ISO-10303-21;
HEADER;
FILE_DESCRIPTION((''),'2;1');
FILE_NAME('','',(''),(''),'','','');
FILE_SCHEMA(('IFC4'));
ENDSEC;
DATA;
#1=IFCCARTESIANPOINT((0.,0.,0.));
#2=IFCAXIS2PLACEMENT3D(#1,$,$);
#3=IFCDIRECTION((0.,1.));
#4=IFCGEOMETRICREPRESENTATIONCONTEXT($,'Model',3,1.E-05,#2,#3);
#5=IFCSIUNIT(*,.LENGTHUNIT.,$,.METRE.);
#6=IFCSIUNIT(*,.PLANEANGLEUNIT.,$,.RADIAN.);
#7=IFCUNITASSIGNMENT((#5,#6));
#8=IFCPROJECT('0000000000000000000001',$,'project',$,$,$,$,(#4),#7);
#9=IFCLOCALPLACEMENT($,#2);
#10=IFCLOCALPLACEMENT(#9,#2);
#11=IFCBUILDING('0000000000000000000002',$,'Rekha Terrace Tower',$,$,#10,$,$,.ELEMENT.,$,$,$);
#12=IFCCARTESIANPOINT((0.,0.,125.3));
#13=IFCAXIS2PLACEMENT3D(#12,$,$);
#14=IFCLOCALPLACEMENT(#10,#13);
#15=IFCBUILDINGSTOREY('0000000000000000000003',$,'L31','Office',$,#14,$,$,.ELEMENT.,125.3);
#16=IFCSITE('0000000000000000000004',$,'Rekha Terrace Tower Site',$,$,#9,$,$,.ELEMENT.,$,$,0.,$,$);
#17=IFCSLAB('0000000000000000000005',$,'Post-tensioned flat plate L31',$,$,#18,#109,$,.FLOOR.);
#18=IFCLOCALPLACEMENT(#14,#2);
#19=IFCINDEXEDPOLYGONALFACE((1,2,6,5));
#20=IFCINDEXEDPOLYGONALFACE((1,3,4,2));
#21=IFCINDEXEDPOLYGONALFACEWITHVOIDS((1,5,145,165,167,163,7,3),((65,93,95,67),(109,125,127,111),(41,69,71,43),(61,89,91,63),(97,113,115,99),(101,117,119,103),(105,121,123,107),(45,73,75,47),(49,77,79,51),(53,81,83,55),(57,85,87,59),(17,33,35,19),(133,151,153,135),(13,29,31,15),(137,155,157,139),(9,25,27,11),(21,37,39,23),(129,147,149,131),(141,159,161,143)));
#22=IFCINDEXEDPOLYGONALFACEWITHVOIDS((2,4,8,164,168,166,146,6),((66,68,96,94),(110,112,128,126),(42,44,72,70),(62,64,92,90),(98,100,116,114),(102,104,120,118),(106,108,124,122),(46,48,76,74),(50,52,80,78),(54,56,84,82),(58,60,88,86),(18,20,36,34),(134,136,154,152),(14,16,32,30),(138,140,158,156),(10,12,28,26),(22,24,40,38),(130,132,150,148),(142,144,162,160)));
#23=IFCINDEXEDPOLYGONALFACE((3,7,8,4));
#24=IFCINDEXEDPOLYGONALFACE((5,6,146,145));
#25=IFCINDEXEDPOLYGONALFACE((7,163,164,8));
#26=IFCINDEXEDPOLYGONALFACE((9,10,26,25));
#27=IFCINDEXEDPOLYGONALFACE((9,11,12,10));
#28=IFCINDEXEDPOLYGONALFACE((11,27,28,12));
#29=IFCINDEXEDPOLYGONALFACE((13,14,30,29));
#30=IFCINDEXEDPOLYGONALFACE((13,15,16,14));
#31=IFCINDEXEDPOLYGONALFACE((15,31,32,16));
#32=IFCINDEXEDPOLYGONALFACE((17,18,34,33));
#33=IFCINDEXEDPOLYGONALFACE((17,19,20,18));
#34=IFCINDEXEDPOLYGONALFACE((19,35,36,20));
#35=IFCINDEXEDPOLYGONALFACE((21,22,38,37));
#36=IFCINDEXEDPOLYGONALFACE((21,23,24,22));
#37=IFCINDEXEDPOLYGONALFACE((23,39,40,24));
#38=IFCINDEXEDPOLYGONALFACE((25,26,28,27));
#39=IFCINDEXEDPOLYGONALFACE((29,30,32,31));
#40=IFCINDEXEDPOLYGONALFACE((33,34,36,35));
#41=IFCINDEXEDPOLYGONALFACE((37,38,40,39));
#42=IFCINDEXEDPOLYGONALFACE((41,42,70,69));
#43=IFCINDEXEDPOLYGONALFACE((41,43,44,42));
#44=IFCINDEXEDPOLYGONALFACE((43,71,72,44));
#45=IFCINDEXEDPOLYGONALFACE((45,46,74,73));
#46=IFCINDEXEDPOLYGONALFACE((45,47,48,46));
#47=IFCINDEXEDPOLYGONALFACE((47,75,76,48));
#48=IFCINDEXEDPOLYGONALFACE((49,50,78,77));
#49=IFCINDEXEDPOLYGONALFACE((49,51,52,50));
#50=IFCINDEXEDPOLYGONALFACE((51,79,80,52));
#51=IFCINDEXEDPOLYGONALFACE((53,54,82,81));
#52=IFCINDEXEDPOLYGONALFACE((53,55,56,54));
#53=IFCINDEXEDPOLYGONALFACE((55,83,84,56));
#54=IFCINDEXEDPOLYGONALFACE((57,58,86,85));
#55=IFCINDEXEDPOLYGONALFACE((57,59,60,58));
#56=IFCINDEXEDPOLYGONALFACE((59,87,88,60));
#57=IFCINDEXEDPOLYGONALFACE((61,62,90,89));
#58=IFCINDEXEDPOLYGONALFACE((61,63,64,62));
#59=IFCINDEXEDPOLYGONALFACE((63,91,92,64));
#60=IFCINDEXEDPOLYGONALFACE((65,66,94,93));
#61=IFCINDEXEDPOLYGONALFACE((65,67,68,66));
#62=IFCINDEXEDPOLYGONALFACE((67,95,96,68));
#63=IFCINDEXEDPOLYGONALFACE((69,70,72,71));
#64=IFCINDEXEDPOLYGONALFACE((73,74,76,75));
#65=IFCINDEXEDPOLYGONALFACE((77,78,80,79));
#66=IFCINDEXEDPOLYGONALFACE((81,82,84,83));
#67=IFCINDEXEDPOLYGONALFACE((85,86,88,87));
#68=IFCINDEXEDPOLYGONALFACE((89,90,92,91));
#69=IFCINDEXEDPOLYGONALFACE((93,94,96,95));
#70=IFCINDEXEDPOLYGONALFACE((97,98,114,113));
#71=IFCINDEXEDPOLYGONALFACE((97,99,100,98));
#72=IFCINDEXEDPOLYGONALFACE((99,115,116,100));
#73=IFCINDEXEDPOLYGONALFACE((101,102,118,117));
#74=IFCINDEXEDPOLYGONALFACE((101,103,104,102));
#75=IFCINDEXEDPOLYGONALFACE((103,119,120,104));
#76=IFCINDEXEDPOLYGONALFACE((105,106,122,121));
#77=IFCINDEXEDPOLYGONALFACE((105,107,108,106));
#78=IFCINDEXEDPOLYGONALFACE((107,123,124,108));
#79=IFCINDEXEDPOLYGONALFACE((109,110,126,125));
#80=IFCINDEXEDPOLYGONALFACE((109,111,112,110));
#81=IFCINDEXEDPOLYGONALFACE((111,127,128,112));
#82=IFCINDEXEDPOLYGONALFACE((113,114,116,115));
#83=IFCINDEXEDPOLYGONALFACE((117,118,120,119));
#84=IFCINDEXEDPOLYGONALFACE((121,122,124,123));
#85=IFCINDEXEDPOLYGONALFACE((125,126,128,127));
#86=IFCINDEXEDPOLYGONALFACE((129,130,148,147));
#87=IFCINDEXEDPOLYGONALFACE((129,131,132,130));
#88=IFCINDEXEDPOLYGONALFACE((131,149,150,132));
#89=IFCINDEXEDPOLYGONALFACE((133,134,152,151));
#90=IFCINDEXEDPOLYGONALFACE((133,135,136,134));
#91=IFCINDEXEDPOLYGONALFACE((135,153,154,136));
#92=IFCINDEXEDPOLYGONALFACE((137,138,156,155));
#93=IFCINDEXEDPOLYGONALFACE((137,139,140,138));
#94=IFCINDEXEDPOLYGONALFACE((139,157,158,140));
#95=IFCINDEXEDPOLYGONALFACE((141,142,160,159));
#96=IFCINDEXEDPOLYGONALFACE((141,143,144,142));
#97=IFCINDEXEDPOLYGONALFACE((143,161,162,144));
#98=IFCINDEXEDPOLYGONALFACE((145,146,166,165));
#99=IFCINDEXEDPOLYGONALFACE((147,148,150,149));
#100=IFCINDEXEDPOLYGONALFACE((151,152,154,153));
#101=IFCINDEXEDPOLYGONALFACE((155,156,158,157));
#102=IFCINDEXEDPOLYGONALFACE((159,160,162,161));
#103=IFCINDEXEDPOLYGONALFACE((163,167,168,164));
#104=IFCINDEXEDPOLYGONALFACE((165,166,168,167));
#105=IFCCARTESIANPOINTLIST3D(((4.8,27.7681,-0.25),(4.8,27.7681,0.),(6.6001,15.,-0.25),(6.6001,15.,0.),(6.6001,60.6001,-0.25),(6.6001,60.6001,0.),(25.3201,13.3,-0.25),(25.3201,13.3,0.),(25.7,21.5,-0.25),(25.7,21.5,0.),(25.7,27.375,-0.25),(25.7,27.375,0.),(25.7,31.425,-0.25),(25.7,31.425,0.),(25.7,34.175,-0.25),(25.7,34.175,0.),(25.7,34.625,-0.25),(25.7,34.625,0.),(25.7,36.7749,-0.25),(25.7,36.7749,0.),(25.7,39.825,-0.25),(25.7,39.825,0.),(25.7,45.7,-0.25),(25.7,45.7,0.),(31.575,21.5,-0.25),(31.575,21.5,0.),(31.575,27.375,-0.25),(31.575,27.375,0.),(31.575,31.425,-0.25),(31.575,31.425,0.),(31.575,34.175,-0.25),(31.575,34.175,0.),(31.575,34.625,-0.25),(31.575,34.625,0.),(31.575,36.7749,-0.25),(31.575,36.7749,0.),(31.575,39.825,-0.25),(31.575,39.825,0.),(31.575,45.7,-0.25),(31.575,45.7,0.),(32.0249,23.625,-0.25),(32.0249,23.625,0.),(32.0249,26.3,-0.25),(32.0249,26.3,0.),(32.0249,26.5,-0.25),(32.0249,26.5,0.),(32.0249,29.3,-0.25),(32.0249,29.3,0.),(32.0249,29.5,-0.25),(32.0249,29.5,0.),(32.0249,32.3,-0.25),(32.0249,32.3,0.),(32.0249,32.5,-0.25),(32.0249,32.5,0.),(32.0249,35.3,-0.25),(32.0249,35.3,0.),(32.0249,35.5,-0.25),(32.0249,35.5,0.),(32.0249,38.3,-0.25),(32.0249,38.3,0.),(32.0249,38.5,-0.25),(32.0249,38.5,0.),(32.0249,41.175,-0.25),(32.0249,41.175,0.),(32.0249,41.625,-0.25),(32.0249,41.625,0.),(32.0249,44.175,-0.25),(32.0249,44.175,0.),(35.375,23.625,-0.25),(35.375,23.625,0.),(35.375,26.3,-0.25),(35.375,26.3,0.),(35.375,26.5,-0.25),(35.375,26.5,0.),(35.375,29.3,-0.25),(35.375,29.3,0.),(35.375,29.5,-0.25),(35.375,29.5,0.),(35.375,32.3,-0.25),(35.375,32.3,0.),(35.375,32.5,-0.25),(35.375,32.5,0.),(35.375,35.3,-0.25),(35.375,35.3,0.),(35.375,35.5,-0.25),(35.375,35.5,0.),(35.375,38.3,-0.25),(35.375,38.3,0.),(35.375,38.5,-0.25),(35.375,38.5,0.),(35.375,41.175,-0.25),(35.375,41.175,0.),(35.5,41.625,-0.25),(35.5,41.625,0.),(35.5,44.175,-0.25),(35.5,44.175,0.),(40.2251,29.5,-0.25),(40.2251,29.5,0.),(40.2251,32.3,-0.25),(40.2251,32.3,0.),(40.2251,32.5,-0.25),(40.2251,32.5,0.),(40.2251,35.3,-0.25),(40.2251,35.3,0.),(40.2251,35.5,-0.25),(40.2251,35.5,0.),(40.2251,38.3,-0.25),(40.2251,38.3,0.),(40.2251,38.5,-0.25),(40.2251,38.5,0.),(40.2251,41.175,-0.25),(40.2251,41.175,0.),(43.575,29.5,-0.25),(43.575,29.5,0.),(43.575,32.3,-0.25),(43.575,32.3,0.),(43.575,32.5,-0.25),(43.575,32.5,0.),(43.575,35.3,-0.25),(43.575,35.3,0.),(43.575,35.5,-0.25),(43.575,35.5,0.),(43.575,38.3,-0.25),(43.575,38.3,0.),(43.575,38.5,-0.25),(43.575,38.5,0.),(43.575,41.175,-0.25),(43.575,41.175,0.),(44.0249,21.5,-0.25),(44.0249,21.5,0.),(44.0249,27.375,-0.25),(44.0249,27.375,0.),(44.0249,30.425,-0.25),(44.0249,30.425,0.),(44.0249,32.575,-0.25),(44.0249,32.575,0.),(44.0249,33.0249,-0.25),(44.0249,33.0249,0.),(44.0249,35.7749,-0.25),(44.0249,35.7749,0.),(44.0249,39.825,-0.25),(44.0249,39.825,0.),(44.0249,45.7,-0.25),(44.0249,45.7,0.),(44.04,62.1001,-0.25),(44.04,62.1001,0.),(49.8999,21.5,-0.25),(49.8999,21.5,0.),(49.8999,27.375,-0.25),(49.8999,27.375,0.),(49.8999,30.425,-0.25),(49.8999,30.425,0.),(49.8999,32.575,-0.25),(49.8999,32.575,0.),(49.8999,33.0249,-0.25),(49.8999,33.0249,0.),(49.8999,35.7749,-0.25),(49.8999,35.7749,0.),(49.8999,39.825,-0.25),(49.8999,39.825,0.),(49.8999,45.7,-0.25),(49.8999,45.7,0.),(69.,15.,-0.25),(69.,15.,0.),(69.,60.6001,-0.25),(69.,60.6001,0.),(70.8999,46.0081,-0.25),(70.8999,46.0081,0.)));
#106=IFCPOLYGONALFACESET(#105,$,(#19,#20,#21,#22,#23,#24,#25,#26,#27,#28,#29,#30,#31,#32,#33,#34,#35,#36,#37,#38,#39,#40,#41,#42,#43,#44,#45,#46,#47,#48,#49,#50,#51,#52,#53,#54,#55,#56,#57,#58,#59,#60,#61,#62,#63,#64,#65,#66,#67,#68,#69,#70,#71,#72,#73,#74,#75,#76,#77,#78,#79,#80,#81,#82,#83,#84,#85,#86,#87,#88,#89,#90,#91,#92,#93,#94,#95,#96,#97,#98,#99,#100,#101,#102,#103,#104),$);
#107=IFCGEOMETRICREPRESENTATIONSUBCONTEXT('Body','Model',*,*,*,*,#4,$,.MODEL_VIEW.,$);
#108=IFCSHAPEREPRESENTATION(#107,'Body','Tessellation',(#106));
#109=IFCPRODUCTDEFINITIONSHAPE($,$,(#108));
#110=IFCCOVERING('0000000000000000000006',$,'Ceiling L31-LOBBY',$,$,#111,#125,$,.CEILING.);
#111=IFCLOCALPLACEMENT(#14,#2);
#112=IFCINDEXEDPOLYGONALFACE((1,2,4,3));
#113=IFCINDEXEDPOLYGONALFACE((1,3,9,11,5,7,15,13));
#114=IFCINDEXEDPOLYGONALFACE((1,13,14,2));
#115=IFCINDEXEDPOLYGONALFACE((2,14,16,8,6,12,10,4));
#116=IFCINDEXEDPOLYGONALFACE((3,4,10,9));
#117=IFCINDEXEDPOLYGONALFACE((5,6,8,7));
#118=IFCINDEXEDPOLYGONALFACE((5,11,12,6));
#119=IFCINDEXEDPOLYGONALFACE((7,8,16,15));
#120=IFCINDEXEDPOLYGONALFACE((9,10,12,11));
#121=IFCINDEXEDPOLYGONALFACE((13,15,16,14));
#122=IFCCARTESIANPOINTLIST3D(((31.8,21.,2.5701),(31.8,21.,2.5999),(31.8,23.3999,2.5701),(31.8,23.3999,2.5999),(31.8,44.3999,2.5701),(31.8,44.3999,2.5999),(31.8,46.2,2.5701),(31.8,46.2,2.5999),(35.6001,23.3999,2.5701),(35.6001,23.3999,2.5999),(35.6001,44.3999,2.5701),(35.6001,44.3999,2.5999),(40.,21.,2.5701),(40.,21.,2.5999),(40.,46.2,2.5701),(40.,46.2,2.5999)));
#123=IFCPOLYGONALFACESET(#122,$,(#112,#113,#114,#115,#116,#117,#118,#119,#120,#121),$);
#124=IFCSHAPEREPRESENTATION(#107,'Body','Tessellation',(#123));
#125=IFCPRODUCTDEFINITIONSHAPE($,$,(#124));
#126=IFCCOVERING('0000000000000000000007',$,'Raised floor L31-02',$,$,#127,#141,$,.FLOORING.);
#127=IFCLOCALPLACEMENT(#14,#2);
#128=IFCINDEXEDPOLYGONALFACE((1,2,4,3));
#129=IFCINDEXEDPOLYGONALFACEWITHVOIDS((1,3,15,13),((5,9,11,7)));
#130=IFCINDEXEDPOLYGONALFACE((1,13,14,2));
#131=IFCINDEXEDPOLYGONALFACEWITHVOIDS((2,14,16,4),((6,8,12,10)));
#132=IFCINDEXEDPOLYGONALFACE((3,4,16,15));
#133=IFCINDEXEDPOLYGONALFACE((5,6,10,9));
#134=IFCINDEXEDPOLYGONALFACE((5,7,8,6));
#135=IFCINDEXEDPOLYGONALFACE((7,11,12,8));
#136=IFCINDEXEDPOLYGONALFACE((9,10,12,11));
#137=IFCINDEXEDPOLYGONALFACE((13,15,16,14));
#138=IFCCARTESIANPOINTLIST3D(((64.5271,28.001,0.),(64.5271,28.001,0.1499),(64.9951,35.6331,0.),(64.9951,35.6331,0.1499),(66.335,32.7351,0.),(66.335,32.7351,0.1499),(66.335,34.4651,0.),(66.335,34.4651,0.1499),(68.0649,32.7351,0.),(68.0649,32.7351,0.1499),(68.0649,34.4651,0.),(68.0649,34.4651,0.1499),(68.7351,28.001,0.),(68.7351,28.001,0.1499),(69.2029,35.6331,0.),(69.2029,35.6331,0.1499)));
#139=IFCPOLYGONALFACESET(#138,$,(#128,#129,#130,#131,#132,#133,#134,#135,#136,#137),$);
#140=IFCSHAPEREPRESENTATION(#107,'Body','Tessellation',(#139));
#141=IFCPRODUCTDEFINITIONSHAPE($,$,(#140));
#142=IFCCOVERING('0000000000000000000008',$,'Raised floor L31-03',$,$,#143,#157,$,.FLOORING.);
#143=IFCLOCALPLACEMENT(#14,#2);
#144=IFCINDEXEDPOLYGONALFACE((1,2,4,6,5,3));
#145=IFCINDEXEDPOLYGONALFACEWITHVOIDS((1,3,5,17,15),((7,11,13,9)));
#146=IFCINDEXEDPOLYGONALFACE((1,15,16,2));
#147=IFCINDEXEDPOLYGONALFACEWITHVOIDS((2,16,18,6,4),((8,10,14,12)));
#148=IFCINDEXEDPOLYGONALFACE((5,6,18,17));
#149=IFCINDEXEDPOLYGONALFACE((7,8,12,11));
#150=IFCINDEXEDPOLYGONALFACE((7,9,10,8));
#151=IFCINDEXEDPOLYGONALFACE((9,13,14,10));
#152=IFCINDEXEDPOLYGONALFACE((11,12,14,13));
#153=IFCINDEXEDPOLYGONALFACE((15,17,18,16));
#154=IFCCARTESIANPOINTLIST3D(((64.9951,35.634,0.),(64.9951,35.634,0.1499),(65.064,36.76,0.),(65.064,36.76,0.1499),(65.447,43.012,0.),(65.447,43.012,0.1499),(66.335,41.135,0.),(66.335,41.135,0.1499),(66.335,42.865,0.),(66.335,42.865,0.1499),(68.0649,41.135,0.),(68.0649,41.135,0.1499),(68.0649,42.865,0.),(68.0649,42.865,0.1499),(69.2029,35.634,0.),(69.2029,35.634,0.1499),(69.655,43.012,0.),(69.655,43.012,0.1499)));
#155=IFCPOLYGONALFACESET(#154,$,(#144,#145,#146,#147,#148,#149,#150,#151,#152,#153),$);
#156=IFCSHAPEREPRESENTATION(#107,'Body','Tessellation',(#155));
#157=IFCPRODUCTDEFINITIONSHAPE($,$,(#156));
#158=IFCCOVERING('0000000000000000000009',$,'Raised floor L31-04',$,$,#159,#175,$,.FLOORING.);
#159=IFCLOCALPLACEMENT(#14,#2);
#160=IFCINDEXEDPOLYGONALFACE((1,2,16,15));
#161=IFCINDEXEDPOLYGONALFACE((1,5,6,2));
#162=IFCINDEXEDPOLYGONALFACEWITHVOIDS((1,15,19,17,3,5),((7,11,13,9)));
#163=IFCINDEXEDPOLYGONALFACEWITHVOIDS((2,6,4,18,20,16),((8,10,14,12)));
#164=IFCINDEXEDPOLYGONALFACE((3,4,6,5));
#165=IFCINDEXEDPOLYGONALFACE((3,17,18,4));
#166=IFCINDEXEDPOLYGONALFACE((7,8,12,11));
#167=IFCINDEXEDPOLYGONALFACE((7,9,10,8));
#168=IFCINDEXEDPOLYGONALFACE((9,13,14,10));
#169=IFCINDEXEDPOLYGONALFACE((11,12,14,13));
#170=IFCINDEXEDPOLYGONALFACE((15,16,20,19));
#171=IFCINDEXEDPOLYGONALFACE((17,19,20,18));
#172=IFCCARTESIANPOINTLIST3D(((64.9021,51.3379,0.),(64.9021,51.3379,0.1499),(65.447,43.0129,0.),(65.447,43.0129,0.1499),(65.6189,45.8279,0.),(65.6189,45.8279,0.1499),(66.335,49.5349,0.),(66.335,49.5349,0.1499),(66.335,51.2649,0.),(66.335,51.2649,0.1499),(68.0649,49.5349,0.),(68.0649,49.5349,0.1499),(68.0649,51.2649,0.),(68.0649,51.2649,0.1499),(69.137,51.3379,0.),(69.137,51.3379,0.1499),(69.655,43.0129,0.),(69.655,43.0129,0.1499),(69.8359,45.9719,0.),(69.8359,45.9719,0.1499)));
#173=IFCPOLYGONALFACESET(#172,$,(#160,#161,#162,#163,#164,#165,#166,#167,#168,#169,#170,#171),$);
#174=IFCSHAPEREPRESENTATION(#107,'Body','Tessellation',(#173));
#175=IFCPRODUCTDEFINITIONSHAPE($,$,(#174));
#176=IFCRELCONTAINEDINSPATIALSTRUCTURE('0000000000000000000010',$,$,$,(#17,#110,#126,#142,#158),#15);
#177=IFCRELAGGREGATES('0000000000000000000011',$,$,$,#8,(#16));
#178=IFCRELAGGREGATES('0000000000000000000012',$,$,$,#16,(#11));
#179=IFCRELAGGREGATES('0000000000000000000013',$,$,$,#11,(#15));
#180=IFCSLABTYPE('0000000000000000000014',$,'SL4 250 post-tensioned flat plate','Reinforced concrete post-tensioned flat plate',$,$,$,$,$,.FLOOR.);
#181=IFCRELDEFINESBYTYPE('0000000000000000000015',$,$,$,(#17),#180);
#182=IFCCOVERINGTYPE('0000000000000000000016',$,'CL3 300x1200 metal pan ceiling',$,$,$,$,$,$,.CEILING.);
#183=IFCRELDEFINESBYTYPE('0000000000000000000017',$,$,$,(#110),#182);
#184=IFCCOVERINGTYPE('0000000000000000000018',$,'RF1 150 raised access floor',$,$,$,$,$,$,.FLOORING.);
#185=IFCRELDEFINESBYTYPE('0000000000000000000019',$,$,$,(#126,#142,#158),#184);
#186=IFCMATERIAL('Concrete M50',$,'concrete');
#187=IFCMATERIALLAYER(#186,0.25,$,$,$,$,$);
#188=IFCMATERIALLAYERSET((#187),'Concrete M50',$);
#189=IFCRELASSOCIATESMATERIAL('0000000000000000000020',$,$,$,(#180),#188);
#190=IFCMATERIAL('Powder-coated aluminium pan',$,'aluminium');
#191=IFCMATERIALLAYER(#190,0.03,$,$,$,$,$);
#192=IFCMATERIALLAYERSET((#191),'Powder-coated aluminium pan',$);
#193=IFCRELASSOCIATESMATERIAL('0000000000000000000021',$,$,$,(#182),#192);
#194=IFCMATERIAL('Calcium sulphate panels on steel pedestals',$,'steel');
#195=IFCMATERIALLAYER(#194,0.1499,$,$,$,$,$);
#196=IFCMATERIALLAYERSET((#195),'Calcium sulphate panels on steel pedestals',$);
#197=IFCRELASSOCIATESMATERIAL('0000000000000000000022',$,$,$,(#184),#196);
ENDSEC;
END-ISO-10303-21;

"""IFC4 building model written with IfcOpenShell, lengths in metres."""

from ifc_helpers import new_model, si_unit, direction, frame, origin, place, context, subcontext, project, spatial, polyline, outline, extrude, material, layer, layer_set, type_object, element, save


model = new_model("IFC4")

# Units and contexts
model_context = context("Model", 3, precision=1e-05, world=origin(), true_north=direction((0.0, 1.0)))
body_context = subcontext(model_context, "Body", "Model", "MODEL_VIEW")
ifc_project = project(units=[si_unit("LENGTHUNIT", "METRE"), si_unit("PLANEANGLEUNIT", "RADIAN")], contexts=[model_context])

# Site, building, storey
site_placement = place(None, origin())
site = spatial("IfcSite", under=ifc_project, at=site_placement, Name="Rekha Terrace Tower Site", CompositionType="ELEMENT", RefElevation=0.0)
building_placement = place(site_placement, origin())
building = spatial("IfcBuilding", under=site, at=building_placement, Name="Rekha Terrace Tower", CompositionType="ELEMENT")
storey_placement = place(building_placement, frame((0.0, 0.0, 125.3)))
storey = spatial("IfcBuildingStorey", under=building, at=storey_placement, Name="L31", Description="Office", CompositionType="ELEMENT", Elevation=125.3)

# Slab
ifc_material_1 = material(Name="Concrete M50", Category="concrete")
ifc_layer_1 = layer(ifc_material_1, 0.25)
ifc_layer_set_1 = layer_set([ifc_layer_1], Name="Concrete M50")
slab_type_1 = type_object("IfcSlabType", Name="SL4 250 post-tensioned flat plate", Description="Reinforced concrete post-tensioned flat plate", PredefinedType="FLOOR", material=ifc_layer_set_1)
slab_1_placement = place(storey_placement, frame((0.0, 0.0, -0.25)))
element("IfcSlab", 1, at=slab_1_placement, inside=storey, type_object=slab_type_1, Name="Post-tensioned flat plate L31", PredefinedType="FLOOR", context=body_context, shape_type="SweptSolid", body=[
    extrude(outline(polyline([(4.8, 27.7681), (6.6001, 15.0), (25.3201, 13.3), (69.0, 15.0), (70.8999, 46.0081), (69.0, 60.6001), (44.04, 62.1001), (6.6001, 60.6001), (4.8, 27.7681)]), holes=[polyline([(31.575, 27.375), (31.575, 21.5), (25.7, 21.5), (25.7, 27.375), (31.575, 27.375)]), polyline([(35.375, 26.3), (35.375, 23.625), (32.0249, 23.625), (32.0249, 26.3), (35.375, 26.3)]), polyline([(35.375, 29.3), (35.375, 26.5), (32.0249, 26.5), (32.0249, 29.3), (35.375, 29.3)]), polyline([(35.375, 32.3), (35.375, 29.5), (32.0249, 29.5), (32.0249, 32.3), (35.375, 32.3)]), polyline([(31.575, 34.175), (31.575, 31.425), (25.7, 31.425), (25.7, 34.175), (31.575, 34.175)]), polyline([(35.375, 35.3), (35.375, 32.5), (32.0249, 32.5), (32.0249, 35.3), (35.375, 35.3)]), polyline([(31.575, 36.7749), (31.575, 34.625), (25.7, 34.625), (25.7, 36.7749), (31.575, 36.7749)]), polyline([(35.375, 35.5), (32.0249, 35.5), (32.0249, 38.3), (35.375, 38.3), (35.375, 35.5)]), polyline([(35.375, 38.5), (32.0249, 38.5), (32.0249, 41.175), (35.375, 41.175), (35.375, 38.5)]), polyline([(31.575, 45.7), (31.575, 39.825), (25.7, 39.825), (25.7, 45.7), (31.575, 45.7)]), polyline([(49.8999, 27.375), (49.8999, 21.5), (44.0249, 21.5), (44.0249, 27.375), (49.8999, 27.375)]), polyline([(43.575, 32.3), (43.575, 29.5), (40.2251, 29.5), (40.2251, 32.3), (43.575, 32.3)]), polyline([(49.8999, 30.425), (44.0249, 30.425), (44.0249, 32.575), (49.8999, 32.575), (49.8999, 30.425)]), polyline([(43.575, 32.5), (40.2251, 32.5), (40.2251, 35.3), (43.575, 35.3), (43.575, 32.5)]), polyline([(49.8999, 35.7749), (49.8999, 33.0249), (44.0249, 33.0249), (44.0249, 35.7749), (49.8999, 35.7749)]), polyline([(43.575, 38.3), (43.575, 35.5), (40.2251, 35.5), (40.2251, 38.3), (43.575, 38.3)]), polyline([(43.575, 41.175), (43.575, 38.5), (40.2251, 38.5), (40.2251, 41.175), (43.575, 41.175)]), polyline([(49.8999, 39.825), (44.0249, 39.825), (44.0249, 45.7), (49.8999, 45.7), (49.8999, 39.825)]), polyline([(35.5, 41.625), (32.0249, 41.625), (32.0249, 44.175), (35.5, 44.175), (35.5, 41.625)])]), origin(), (0.0, 0.0, 1.0), 0.25),
])

# Coverings
ifc_material_2 = material(Name="Powder-coated aluminium pan", Category="aluminium")
ifc_layer_2 = layer(ifc_material_2, 0.03)
ifc_layer_set_2 = layer_set([ifc_layer_2], Name="Powder-coated aluminium pan")
covering_type_1 = type_object("IfcCoveringType", Name="CL3 300x1200 metal pan ceiling", PredefinedType="CEILING", material=ifc_layer_set_2)
covering_1_placement = place(storey_placement, frame((0.0, 0.0, 2.5701)))
element("IfcCovering", 2, at=covering_1_placement, inside=storey, type_object=covering_type_1, Name="Ceiling L31-LOBBY", PredefinedType="CEILING", context=body_context, shape_type="SweptSolid", body=[
    extrude(outline(polyline([(35.6001, 44.3999), (35.6001, 23.3999), (31.8, 23.3999), (31.8, 21.0), (40.0, 21.0), (40.0, 46.2), (31.8, 46.2), (31.8, 44.3999), (35.6001, 44.3999)])), origin(), (0.0, 0.0, 1.0), 0.0298),
])
ifc_material_3 = material(Name="Calcium sulphate panels on steel pedestals", Category="steel")
ifc_layer_3 = layer(ifc_material_3, 0.1499)
ifc_layer_set_3 = layer_set([ifc_layer_3], Name="Calcium sulphate panels on steel pedestals")
covering_type_2 = type_object("IfcCoveringType", Name="RF1 150 raised access floor", PredefinedType="FLOORING", material=ifc_layer_set_3)
covering_2_placement = place(storey_placement, origin())
element("IfcCovering", 3, at=covering_2_placement, inside=storey, type_object=covering_type_2, Name="Raised floor L31-02", PredefinedType="FLOORING", context=body_context, shape_type="SweptSolid", body=[
    extrude(outline(polyline([(68.7351, 28.001), (69.2029, 35.6331), (64.9951, 35.6331), (64.5271, 28.001), (68.7351, 28.001)]), holes=[polyline([(68.0649, 34.4651), (68.0649, 32.7351), (66.335, 32.7351), (66.335, 34.4651), (68.0649, 34.4651)])]), origin(), (0.0, 0.0, 1.0), 0.1499),
])
covering_3_placement = place(storey_placement, origin())
element("IfcCovering", 4, at=covering_3_placement, inside=storey, type_object=covering_type_2, Name="Raised floor L31-03", PredefinedType="FLOORING", context=body_context, shape_type="SweptSolid", body=[
    extrude(outline(polyline([(69.655, 43.012), (65.447, 43.012), (65.064, 36.76), (64.9951, 35.634), (69.2029, 35.634), (69.655, 43.012)]), holes=[polyline([(68.0649, 41.135), (66.335, 41.135), (66.335, 42.865), (68.0649, 42.865), (68.0649, 41.135)])]), origin(), (0.0, 0.0, 1.0), 0.1499),
])
covering_4_placement = place(storey_placement, origin())
element("IfcCovering", 5, at=covering_4_placement, inside=storey, type_object=covering_type_2, Name="Raised floor L31-04", PredefinedType="FLOORING", context=body_context, shape_type="SweptSolid", body=[
    extrude(outline(polyline([(69.8359, 45.9719), (69.137, 51.3379), (64.9021, 51.3379), (65.6189, 45.8279), (65.447, 43.0129), (69.655, 43.0129), (69.8359, 45.9719)]), holes=[polyline([(68.0649, 49.5349), (66.335, 49.5349), (66.335, 51.2649), (68.0649, 51.2649), (68.0649, 49.5349)])]), origin(), (0.0, 0.0, 1.0), 0.1499),
])

save(model, "model.ifc")
